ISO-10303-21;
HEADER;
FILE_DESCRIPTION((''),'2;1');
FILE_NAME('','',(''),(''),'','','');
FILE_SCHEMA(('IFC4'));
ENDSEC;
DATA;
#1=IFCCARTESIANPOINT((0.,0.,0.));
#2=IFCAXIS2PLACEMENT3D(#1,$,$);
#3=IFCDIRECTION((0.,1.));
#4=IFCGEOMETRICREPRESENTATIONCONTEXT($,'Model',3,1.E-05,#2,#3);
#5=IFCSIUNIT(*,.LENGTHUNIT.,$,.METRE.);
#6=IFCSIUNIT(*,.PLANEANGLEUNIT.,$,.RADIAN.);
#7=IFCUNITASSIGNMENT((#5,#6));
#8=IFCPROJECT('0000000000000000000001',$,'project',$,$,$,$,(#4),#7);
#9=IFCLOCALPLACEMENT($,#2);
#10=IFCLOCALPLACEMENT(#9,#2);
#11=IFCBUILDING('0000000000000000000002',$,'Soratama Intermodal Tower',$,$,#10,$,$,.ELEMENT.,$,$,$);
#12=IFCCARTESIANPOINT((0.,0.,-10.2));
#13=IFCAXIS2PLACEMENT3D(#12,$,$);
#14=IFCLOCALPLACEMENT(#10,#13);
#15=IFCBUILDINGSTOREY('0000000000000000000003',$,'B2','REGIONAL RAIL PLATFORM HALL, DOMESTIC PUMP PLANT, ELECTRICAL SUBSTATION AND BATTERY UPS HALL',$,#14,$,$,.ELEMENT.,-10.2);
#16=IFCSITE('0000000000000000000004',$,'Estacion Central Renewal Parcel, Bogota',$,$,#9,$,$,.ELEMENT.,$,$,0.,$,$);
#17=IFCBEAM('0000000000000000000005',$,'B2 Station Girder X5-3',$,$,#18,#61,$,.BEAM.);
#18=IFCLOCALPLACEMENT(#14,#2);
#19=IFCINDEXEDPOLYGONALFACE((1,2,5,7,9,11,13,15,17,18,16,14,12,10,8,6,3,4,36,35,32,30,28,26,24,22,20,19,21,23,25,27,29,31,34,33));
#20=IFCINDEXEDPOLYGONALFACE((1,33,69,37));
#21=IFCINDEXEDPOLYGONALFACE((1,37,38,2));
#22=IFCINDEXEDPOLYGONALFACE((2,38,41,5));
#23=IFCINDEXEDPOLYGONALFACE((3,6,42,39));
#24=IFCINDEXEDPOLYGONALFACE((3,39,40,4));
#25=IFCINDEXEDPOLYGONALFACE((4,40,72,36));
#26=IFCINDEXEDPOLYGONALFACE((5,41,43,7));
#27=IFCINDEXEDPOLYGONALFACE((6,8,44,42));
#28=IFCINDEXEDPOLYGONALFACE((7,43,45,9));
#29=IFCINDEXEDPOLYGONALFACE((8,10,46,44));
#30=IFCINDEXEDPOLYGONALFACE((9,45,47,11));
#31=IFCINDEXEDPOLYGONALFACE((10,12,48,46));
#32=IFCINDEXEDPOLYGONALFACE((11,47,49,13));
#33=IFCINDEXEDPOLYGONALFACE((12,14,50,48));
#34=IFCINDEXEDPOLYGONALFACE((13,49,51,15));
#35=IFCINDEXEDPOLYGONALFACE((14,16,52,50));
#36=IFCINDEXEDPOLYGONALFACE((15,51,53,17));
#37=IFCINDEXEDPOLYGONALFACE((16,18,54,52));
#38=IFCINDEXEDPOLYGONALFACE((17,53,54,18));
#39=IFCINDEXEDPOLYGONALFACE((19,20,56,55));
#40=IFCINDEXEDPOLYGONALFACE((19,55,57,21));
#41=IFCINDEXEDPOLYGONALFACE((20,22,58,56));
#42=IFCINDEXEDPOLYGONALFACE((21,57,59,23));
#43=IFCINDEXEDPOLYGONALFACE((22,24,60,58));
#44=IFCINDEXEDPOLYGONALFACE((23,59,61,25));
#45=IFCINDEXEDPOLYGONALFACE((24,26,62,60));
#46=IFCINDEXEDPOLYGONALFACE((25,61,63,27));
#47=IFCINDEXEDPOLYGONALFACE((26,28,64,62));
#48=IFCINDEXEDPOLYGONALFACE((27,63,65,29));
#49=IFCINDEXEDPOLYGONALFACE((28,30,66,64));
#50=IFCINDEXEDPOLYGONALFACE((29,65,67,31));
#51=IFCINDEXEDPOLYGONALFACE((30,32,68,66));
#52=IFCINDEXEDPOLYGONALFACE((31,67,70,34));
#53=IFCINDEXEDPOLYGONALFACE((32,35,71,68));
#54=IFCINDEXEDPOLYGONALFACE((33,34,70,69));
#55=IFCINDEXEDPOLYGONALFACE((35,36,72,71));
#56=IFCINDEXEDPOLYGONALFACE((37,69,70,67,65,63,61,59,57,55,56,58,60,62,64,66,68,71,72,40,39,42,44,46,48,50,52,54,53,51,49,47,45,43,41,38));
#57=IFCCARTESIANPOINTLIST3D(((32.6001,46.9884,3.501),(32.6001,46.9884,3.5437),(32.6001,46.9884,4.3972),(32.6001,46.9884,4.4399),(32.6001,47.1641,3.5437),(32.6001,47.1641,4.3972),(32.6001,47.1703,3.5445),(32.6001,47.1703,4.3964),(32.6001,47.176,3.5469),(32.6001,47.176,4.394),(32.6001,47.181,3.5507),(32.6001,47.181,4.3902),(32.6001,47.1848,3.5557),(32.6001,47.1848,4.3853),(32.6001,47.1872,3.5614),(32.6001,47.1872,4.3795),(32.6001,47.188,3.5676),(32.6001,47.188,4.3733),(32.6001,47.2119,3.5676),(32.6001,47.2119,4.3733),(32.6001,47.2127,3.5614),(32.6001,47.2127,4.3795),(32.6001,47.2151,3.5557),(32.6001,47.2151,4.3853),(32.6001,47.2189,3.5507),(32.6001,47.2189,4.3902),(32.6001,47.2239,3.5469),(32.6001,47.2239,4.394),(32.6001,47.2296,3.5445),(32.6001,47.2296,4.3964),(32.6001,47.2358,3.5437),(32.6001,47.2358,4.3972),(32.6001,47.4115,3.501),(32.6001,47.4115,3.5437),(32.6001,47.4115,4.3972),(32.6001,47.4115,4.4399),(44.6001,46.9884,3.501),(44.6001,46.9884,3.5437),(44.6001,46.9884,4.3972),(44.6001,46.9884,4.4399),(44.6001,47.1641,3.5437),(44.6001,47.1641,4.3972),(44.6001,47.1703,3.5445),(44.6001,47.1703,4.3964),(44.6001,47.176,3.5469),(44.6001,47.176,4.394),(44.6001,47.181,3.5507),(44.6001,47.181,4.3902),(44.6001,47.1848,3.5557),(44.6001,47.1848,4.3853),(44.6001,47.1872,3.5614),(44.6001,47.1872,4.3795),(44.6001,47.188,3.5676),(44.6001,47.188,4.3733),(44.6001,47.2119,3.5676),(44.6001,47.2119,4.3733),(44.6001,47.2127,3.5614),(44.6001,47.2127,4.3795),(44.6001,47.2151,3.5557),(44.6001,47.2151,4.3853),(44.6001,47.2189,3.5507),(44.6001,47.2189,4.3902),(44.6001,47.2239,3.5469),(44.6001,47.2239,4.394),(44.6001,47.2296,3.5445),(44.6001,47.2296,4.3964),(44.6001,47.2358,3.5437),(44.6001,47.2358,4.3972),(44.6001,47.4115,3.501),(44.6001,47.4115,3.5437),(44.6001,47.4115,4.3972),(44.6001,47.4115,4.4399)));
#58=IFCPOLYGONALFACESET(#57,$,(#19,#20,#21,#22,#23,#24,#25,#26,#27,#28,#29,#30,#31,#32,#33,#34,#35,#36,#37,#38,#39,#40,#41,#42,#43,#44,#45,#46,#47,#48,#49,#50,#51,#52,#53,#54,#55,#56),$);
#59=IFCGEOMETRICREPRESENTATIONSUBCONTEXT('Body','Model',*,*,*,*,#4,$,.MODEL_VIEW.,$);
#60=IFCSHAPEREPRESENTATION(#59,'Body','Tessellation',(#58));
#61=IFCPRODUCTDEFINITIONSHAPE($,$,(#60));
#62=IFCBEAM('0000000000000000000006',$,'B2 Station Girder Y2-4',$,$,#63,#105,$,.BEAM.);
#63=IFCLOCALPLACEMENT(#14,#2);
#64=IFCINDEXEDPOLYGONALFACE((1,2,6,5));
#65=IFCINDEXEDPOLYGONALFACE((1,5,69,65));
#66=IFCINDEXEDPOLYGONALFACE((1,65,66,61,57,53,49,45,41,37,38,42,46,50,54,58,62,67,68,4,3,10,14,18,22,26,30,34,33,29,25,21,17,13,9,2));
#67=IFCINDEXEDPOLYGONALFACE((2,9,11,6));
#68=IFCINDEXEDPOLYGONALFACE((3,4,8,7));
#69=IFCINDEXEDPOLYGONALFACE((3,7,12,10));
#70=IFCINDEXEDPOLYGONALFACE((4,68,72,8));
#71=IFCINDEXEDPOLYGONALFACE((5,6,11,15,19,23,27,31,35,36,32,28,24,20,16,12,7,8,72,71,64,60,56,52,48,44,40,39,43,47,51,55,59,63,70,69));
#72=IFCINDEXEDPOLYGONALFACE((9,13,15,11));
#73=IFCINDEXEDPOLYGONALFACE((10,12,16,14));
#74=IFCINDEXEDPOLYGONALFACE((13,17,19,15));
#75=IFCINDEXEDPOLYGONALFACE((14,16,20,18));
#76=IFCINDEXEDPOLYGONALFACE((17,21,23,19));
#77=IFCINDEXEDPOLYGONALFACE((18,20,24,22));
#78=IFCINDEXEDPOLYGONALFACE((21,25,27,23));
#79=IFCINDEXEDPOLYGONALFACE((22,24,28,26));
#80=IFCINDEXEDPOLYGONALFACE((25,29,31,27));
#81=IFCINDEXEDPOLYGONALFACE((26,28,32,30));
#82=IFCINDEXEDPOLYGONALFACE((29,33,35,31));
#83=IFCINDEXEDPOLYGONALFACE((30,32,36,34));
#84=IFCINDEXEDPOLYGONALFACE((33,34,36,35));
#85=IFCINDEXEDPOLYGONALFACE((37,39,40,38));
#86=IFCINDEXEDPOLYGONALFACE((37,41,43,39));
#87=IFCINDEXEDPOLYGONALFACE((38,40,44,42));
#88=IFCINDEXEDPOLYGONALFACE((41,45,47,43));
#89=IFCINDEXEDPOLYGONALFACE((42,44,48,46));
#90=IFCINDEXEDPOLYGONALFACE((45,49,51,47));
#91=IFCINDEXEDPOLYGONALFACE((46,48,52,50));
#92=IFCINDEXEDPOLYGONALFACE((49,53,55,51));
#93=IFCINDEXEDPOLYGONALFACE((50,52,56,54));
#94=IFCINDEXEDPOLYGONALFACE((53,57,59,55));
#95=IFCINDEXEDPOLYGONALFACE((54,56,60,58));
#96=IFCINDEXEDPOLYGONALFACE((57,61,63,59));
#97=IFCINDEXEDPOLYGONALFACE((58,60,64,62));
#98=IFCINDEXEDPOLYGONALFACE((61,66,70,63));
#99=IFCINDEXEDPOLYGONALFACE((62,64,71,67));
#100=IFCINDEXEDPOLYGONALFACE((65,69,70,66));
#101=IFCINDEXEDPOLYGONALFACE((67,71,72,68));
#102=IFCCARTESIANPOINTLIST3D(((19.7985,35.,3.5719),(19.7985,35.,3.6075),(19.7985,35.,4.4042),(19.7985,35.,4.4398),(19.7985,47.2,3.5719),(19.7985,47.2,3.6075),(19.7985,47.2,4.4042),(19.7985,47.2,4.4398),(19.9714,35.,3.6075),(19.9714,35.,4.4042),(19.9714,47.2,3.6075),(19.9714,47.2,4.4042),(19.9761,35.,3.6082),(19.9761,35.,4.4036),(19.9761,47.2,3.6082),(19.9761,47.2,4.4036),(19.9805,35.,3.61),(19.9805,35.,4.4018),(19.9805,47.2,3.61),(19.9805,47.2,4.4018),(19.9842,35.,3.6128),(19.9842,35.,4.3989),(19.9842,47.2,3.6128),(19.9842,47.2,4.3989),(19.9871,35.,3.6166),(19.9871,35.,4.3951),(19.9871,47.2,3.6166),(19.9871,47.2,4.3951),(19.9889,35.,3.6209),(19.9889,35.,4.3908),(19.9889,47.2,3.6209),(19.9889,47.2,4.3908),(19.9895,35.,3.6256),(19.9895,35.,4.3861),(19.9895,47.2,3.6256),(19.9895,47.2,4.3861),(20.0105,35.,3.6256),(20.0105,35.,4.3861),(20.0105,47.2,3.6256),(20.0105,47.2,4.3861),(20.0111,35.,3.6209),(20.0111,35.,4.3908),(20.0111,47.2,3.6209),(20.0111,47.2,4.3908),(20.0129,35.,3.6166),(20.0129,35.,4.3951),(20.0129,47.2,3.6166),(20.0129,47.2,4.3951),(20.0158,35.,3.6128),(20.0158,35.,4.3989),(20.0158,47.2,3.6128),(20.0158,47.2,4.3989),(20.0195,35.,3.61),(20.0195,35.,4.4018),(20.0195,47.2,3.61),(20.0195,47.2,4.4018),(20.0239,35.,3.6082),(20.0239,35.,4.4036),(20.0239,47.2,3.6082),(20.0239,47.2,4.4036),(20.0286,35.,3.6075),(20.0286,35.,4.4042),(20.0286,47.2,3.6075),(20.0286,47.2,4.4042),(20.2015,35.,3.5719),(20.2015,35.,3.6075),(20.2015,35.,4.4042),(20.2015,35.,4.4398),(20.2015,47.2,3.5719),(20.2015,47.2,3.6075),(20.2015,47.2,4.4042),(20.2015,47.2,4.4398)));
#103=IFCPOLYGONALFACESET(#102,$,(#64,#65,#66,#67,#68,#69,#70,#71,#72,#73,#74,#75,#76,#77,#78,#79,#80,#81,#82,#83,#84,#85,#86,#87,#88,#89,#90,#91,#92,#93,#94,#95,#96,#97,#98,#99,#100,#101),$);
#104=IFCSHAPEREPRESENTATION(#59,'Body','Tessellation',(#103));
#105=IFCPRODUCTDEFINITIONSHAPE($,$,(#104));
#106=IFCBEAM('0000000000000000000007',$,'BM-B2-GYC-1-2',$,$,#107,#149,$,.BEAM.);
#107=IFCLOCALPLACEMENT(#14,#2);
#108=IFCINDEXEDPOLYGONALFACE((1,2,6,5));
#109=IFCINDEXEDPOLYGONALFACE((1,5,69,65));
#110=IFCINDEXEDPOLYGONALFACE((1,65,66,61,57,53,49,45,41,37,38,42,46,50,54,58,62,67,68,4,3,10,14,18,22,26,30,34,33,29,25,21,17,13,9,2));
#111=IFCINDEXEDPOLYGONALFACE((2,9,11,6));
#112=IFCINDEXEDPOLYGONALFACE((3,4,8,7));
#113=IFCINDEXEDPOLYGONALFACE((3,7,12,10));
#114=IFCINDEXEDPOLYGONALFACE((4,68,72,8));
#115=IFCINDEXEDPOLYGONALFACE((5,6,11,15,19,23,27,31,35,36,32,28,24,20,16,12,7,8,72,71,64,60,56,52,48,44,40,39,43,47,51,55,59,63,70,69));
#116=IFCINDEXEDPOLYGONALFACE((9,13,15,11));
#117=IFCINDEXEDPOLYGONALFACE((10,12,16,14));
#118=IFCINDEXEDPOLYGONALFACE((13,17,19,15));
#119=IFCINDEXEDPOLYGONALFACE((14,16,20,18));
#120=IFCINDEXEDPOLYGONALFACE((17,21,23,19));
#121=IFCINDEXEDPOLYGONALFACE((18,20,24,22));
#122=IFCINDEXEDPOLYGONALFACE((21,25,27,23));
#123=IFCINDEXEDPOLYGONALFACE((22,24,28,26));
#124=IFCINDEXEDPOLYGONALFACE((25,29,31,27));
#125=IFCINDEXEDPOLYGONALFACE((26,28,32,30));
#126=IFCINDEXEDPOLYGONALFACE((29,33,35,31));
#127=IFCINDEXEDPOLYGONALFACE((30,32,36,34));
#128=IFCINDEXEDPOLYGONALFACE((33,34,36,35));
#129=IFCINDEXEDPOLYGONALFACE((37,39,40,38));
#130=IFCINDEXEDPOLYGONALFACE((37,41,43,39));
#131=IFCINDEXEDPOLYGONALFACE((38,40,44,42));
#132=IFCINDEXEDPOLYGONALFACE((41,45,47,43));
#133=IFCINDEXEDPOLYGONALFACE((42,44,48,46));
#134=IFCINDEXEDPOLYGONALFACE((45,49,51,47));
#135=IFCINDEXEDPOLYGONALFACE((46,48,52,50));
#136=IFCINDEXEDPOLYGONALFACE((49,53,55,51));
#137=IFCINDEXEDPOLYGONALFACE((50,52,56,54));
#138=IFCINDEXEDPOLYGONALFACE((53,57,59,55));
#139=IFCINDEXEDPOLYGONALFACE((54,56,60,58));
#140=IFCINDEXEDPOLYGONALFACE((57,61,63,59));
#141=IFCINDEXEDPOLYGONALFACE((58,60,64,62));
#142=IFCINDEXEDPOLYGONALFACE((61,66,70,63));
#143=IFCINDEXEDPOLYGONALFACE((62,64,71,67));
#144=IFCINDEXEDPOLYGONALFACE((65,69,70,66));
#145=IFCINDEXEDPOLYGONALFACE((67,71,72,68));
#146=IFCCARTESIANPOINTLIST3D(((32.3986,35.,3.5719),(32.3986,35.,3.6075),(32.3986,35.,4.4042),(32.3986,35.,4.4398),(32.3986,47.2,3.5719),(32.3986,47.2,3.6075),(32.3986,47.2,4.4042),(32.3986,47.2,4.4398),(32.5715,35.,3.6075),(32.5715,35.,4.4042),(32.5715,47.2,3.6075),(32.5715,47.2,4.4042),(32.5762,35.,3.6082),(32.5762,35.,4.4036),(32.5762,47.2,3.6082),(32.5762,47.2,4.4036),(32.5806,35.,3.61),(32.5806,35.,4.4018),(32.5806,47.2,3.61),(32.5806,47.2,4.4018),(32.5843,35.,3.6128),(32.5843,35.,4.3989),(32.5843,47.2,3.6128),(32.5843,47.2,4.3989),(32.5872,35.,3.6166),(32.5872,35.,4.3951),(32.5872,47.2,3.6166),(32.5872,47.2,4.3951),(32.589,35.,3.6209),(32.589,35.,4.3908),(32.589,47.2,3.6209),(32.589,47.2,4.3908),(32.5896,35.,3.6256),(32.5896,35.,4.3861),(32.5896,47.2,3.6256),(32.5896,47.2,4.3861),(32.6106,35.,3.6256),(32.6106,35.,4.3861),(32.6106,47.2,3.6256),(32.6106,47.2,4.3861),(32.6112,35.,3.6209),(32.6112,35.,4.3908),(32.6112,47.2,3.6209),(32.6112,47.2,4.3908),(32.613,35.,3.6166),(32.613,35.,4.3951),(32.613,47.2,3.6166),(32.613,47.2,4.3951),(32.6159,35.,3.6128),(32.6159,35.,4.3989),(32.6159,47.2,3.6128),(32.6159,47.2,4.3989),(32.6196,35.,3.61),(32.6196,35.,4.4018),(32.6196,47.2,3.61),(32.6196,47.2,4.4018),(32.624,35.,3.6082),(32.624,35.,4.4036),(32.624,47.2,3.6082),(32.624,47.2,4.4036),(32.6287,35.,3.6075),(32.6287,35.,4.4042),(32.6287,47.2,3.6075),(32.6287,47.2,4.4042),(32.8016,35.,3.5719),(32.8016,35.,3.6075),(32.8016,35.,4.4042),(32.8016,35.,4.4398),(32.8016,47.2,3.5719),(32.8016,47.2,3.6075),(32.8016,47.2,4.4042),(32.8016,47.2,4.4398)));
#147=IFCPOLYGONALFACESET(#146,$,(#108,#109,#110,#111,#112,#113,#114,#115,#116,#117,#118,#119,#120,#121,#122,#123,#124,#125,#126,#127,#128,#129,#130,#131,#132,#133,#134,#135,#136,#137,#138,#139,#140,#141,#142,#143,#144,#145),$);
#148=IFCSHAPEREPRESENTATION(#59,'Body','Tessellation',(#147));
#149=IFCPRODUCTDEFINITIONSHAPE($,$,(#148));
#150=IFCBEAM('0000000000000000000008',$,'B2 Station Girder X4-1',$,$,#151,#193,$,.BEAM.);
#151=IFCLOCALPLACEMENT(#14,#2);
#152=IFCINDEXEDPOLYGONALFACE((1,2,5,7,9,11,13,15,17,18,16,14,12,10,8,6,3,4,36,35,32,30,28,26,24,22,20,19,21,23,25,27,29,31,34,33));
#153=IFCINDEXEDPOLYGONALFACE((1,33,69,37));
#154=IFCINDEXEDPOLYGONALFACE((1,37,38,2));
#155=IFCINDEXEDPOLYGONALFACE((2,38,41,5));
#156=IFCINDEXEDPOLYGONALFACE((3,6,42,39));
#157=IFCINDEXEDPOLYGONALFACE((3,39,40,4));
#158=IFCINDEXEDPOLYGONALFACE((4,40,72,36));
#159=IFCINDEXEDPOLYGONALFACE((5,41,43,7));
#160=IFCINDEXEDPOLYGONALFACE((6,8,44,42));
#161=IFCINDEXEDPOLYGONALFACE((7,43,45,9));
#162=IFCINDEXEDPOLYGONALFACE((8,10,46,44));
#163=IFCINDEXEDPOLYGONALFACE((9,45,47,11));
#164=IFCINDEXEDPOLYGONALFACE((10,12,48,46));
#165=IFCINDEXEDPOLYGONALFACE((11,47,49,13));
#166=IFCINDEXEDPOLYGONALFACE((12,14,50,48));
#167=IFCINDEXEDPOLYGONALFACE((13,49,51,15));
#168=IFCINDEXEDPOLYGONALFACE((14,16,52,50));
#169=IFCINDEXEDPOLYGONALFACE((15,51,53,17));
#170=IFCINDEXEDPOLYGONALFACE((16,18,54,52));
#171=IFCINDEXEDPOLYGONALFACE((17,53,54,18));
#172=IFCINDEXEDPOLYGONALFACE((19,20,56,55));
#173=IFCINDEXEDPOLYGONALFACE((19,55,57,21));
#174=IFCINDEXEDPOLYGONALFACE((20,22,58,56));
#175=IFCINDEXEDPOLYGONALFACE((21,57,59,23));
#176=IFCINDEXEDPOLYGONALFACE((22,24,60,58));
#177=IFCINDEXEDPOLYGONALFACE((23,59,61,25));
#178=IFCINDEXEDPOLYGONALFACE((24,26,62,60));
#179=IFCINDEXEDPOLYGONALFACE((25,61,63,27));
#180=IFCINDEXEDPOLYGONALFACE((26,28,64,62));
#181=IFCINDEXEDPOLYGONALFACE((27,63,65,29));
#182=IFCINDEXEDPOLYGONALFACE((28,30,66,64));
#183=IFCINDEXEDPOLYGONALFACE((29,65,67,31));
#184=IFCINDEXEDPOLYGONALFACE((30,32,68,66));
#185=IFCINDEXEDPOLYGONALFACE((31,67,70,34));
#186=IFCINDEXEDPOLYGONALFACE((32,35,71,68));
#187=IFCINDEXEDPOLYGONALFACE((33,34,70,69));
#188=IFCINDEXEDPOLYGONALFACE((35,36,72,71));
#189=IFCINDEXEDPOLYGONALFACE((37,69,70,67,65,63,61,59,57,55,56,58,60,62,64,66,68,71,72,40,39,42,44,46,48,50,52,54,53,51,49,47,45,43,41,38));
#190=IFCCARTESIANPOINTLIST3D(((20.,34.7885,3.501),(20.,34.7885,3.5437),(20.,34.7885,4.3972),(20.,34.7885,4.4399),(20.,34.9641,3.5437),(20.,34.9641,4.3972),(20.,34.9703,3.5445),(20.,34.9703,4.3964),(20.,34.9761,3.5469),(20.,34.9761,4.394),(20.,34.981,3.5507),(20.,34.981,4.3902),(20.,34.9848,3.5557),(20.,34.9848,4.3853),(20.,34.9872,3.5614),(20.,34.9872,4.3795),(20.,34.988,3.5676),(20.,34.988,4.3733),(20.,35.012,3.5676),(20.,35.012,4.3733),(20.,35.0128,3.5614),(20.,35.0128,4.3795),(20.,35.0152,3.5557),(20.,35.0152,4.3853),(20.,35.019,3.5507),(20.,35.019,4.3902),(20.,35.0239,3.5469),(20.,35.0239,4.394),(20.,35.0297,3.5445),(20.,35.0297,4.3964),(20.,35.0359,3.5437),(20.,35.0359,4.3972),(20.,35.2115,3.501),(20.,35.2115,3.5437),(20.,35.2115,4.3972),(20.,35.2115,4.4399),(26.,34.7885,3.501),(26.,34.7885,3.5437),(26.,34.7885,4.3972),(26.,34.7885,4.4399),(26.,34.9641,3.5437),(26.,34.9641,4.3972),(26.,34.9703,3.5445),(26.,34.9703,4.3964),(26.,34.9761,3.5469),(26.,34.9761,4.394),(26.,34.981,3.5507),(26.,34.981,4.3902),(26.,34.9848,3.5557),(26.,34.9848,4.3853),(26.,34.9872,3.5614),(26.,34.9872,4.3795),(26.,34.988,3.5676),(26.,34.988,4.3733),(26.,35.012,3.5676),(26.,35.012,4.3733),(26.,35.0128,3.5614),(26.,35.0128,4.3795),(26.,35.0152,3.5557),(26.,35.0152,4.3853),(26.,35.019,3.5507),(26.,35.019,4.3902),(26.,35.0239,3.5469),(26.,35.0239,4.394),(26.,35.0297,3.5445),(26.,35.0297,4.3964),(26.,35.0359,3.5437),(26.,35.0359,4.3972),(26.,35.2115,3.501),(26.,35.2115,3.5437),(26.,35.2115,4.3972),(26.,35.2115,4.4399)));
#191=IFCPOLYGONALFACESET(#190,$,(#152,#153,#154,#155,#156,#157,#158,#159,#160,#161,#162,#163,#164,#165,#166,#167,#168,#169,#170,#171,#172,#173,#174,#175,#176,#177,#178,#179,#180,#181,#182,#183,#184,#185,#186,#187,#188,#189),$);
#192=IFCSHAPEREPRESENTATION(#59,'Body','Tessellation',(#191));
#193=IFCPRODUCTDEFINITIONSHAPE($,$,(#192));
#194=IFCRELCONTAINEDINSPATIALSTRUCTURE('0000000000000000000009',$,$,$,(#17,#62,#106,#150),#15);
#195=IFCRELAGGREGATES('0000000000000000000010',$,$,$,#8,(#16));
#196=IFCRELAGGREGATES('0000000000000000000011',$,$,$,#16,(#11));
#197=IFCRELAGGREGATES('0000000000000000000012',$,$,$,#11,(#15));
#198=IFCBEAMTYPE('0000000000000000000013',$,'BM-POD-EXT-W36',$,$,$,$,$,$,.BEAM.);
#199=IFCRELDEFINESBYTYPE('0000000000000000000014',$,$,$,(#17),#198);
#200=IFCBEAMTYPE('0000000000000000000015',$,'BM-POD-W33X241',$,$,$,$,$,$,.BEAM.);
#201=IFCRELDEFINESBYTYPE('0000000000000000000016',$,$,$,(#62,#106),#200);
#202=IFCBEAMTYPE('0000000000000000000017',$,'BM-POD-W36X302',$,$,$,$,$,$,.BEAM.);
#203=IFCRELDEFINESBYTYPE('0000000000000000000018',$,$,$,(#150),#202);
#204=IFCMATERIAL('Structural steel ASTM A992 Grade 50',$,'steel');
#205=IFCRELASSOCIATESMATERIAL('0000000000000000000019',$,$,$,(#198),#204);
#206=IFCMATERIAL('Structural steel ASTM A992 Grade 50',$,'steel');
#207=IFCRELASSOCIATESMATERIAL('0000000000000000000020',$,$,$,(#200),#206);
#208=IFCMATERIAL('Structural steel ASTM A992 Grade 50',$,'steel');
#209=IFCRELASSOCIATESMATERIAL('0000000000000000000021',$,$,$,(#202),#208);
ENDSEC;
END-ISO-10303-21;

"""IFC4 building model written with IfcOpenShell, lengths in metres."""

from ifc_helpers import new_model, si_unit, direction, frame, origin, origin_2d, place, context, subcontext, project, spatial, i_section, extrude, material, material_profile, profile_set, type_object, element, save


model = new_model("IFC4")

# Units and contexts
model_context = context("Model", 3, precision=1e-05, world=origin(), true_north=direction((0.0, 1.0)))
body_context = subcontext(model_context, "Body", "Model", "MODEL_VIEW")
ifc_project = project(units=[si_unit("LENGTHUNIT", "METRE"), si_unit("PLANEANGLEUNIT", "RADIAN")], contexts=[model_context])

# Site, building, storey
site_placement = place(None, origin())
site = spatial("IfcSite", under=ifc_project, at=site_placement, Name="Estacion Central Renewal Parcel, Bogota", CompositionType="ELEMENT", RefElevation=0.0)
building_placement = place(site_placement, origin())
building = spatial("IfcBuilding", under=site, at=building_placement, Name="Soratama Intermodal Tower", CompositionType="ELEMENT")
storey_placement = place(building_placement, frame((0.0, 0.0, -10.2)))
storey = spatial("IfcBuildingStorey", under=building, at=storey_placement, Name="B2", Description="REGIONAL RAIL PLATFORM HALL, DOMESTIC PUMP PLANT, ELECTRICAL SUBSTATION AND BATTERY UPS HALL", CompositionType="ELEMENT", Elevation=-10.2)

# Beams
ifc_material_1 = material(Name="Structural steel ASTM A992 Grade 50", Category="steel")
ifc_material_profile_1 = material_profile(ifc_material_1, i_section(OverallWidth=0.4231, OverallDepth=0.939, WebThickness=0.0239, FlangeThickness=0.0427, FilletRadius=0.0239, at=origin_2d()), Name="W36X302")
ifc_profile_set_1 = profile_set([ifc_material_profile_1], Name="Structural steel ASTM A992 Grade 50")
beam_type_1 = type_object("IfcBeamType", Name="BM-POD-EXT-W36", PredefinedType="BEAM", material=ifc_profile_set_1)
beam_1_placement = place(storey_placement, frame((32.6001, 47.2, 3.9705), z_axis=(1.0, 0.0, 0.0), x_axis=(0.0, 1.0, 0.0)))
element("IfcBeam", 1, at=beam_1_placement, inside=storey, type_object=beam_type_1, Name="B2 Station Girder X5-3", PredefinedType="BEAM", context=body_context, shape_type="SweptSolid", body=[
    extrude(i_section(OverallWidth=0.4231, OverallDepth=0.939, WebThickness=0.0239, FlangeThickness=0.0427, FilletRadius=0.0239, at=origin_2d()), origin(), (0.0, 0.0, 1.0), 12.0),
])
ifc_material_2 = material(Name="Structural steel ASTM A992 Grade 50", Category="steel")
ifc_material_profile_2 = material_profile(ifc_material_2, i_section(OverallWidth=0.4031, OverallDepth=0.8679, WebThickness=0.021, FlangeThickness=0.0356, FilletRadius=0.0181, at=origin_2d()), Name="W33X241")
ifc_profile_set_2 = profile_set([ifc_material_profile_2], Name="Structural steel ASTM A992 Grade 50")
beam_type_2 = type_object("IfcBeamType", Name="BM-POD-W33X241", PredefinedType="BEAM", material=ifc_profile_set_2)
for number, where, z_axis, x_axis, name in (
    (2, (20.0, 35.0, 4.0059), (0.0, 1.0, 0.0), (-1.0, 0.0, 0.0), "B2 Station Girder Y2-4"),
    (3, (32.6001, 35.0, 4.0059), (0.0, 1.0, 0.0), (-1.0, 0.0, 0.0), "BM-B2-GYC-1-2"),
):
    element("IfcBeam", number, at=place(storey_placement, frame(where, z_axis=z_axis, x_axis=x_axis)), inside=storey, type_object=beam_type_2, Name=name, PredefinedType="BEAM", context=body_context, shape_type="SweptSolid", body=[
        extrude(i_section(OverallWidth=0.4031, OverallDepth=0.8679, WebThickness=0.021, FlangeThickness=0.0356, FilletRadius=0.0181, at=origin_2d()), origin(), (0.0, 0.0, 1.0), 12.2),
    ])
ifc_material_3 = material(Name="Structural steel ASTM A992 Grade 50", Category="steel")
ifc_material_profile_3 = material_profile(ifc_material_3, i_section(OverallWidth=0.4231, OverallDepth=0.939, WebThickness=0.0239, FlangeThickness=0.0427, FilletRadius=0.0239, at=origin_2d()), Name="W36X302")
ifc_profile_set_3 = profile_set([ifc_material_profile_3], Name="Structural steel ASTM A992 Grade 50")
beam_type_3 = type_object("IfcBeamType", Name="BM-POD-W36X302", PredefinedType="BEAM", material=ifc_profile_set_3)
beam_2_placement = place(storey_placement, frame((20.0, 35.0, 3.9705), z_axis=(1.0, 0.0, 0.0), x_axis=(0.0, 1.0, 0.0)))
element("IfcBeam", 4, at=beam_2_placement, inside=storey, type_object=beam_type_3, Name="B2 Station Girder X4-1", PredefinedType="BEAM", context=body_context, shape_type="SweptSolid", body=[
    extrude(i_section(OverallWidth=0.4231, OverallDepth=0.939, WebThickness=0.0239, FlangeThickness=0.0427, FilletRadius=0.0239, at=origin_2d()), origin(), (0.0, 0.0, 1.0), 6.0),
])

save(model, "model.ifc")
